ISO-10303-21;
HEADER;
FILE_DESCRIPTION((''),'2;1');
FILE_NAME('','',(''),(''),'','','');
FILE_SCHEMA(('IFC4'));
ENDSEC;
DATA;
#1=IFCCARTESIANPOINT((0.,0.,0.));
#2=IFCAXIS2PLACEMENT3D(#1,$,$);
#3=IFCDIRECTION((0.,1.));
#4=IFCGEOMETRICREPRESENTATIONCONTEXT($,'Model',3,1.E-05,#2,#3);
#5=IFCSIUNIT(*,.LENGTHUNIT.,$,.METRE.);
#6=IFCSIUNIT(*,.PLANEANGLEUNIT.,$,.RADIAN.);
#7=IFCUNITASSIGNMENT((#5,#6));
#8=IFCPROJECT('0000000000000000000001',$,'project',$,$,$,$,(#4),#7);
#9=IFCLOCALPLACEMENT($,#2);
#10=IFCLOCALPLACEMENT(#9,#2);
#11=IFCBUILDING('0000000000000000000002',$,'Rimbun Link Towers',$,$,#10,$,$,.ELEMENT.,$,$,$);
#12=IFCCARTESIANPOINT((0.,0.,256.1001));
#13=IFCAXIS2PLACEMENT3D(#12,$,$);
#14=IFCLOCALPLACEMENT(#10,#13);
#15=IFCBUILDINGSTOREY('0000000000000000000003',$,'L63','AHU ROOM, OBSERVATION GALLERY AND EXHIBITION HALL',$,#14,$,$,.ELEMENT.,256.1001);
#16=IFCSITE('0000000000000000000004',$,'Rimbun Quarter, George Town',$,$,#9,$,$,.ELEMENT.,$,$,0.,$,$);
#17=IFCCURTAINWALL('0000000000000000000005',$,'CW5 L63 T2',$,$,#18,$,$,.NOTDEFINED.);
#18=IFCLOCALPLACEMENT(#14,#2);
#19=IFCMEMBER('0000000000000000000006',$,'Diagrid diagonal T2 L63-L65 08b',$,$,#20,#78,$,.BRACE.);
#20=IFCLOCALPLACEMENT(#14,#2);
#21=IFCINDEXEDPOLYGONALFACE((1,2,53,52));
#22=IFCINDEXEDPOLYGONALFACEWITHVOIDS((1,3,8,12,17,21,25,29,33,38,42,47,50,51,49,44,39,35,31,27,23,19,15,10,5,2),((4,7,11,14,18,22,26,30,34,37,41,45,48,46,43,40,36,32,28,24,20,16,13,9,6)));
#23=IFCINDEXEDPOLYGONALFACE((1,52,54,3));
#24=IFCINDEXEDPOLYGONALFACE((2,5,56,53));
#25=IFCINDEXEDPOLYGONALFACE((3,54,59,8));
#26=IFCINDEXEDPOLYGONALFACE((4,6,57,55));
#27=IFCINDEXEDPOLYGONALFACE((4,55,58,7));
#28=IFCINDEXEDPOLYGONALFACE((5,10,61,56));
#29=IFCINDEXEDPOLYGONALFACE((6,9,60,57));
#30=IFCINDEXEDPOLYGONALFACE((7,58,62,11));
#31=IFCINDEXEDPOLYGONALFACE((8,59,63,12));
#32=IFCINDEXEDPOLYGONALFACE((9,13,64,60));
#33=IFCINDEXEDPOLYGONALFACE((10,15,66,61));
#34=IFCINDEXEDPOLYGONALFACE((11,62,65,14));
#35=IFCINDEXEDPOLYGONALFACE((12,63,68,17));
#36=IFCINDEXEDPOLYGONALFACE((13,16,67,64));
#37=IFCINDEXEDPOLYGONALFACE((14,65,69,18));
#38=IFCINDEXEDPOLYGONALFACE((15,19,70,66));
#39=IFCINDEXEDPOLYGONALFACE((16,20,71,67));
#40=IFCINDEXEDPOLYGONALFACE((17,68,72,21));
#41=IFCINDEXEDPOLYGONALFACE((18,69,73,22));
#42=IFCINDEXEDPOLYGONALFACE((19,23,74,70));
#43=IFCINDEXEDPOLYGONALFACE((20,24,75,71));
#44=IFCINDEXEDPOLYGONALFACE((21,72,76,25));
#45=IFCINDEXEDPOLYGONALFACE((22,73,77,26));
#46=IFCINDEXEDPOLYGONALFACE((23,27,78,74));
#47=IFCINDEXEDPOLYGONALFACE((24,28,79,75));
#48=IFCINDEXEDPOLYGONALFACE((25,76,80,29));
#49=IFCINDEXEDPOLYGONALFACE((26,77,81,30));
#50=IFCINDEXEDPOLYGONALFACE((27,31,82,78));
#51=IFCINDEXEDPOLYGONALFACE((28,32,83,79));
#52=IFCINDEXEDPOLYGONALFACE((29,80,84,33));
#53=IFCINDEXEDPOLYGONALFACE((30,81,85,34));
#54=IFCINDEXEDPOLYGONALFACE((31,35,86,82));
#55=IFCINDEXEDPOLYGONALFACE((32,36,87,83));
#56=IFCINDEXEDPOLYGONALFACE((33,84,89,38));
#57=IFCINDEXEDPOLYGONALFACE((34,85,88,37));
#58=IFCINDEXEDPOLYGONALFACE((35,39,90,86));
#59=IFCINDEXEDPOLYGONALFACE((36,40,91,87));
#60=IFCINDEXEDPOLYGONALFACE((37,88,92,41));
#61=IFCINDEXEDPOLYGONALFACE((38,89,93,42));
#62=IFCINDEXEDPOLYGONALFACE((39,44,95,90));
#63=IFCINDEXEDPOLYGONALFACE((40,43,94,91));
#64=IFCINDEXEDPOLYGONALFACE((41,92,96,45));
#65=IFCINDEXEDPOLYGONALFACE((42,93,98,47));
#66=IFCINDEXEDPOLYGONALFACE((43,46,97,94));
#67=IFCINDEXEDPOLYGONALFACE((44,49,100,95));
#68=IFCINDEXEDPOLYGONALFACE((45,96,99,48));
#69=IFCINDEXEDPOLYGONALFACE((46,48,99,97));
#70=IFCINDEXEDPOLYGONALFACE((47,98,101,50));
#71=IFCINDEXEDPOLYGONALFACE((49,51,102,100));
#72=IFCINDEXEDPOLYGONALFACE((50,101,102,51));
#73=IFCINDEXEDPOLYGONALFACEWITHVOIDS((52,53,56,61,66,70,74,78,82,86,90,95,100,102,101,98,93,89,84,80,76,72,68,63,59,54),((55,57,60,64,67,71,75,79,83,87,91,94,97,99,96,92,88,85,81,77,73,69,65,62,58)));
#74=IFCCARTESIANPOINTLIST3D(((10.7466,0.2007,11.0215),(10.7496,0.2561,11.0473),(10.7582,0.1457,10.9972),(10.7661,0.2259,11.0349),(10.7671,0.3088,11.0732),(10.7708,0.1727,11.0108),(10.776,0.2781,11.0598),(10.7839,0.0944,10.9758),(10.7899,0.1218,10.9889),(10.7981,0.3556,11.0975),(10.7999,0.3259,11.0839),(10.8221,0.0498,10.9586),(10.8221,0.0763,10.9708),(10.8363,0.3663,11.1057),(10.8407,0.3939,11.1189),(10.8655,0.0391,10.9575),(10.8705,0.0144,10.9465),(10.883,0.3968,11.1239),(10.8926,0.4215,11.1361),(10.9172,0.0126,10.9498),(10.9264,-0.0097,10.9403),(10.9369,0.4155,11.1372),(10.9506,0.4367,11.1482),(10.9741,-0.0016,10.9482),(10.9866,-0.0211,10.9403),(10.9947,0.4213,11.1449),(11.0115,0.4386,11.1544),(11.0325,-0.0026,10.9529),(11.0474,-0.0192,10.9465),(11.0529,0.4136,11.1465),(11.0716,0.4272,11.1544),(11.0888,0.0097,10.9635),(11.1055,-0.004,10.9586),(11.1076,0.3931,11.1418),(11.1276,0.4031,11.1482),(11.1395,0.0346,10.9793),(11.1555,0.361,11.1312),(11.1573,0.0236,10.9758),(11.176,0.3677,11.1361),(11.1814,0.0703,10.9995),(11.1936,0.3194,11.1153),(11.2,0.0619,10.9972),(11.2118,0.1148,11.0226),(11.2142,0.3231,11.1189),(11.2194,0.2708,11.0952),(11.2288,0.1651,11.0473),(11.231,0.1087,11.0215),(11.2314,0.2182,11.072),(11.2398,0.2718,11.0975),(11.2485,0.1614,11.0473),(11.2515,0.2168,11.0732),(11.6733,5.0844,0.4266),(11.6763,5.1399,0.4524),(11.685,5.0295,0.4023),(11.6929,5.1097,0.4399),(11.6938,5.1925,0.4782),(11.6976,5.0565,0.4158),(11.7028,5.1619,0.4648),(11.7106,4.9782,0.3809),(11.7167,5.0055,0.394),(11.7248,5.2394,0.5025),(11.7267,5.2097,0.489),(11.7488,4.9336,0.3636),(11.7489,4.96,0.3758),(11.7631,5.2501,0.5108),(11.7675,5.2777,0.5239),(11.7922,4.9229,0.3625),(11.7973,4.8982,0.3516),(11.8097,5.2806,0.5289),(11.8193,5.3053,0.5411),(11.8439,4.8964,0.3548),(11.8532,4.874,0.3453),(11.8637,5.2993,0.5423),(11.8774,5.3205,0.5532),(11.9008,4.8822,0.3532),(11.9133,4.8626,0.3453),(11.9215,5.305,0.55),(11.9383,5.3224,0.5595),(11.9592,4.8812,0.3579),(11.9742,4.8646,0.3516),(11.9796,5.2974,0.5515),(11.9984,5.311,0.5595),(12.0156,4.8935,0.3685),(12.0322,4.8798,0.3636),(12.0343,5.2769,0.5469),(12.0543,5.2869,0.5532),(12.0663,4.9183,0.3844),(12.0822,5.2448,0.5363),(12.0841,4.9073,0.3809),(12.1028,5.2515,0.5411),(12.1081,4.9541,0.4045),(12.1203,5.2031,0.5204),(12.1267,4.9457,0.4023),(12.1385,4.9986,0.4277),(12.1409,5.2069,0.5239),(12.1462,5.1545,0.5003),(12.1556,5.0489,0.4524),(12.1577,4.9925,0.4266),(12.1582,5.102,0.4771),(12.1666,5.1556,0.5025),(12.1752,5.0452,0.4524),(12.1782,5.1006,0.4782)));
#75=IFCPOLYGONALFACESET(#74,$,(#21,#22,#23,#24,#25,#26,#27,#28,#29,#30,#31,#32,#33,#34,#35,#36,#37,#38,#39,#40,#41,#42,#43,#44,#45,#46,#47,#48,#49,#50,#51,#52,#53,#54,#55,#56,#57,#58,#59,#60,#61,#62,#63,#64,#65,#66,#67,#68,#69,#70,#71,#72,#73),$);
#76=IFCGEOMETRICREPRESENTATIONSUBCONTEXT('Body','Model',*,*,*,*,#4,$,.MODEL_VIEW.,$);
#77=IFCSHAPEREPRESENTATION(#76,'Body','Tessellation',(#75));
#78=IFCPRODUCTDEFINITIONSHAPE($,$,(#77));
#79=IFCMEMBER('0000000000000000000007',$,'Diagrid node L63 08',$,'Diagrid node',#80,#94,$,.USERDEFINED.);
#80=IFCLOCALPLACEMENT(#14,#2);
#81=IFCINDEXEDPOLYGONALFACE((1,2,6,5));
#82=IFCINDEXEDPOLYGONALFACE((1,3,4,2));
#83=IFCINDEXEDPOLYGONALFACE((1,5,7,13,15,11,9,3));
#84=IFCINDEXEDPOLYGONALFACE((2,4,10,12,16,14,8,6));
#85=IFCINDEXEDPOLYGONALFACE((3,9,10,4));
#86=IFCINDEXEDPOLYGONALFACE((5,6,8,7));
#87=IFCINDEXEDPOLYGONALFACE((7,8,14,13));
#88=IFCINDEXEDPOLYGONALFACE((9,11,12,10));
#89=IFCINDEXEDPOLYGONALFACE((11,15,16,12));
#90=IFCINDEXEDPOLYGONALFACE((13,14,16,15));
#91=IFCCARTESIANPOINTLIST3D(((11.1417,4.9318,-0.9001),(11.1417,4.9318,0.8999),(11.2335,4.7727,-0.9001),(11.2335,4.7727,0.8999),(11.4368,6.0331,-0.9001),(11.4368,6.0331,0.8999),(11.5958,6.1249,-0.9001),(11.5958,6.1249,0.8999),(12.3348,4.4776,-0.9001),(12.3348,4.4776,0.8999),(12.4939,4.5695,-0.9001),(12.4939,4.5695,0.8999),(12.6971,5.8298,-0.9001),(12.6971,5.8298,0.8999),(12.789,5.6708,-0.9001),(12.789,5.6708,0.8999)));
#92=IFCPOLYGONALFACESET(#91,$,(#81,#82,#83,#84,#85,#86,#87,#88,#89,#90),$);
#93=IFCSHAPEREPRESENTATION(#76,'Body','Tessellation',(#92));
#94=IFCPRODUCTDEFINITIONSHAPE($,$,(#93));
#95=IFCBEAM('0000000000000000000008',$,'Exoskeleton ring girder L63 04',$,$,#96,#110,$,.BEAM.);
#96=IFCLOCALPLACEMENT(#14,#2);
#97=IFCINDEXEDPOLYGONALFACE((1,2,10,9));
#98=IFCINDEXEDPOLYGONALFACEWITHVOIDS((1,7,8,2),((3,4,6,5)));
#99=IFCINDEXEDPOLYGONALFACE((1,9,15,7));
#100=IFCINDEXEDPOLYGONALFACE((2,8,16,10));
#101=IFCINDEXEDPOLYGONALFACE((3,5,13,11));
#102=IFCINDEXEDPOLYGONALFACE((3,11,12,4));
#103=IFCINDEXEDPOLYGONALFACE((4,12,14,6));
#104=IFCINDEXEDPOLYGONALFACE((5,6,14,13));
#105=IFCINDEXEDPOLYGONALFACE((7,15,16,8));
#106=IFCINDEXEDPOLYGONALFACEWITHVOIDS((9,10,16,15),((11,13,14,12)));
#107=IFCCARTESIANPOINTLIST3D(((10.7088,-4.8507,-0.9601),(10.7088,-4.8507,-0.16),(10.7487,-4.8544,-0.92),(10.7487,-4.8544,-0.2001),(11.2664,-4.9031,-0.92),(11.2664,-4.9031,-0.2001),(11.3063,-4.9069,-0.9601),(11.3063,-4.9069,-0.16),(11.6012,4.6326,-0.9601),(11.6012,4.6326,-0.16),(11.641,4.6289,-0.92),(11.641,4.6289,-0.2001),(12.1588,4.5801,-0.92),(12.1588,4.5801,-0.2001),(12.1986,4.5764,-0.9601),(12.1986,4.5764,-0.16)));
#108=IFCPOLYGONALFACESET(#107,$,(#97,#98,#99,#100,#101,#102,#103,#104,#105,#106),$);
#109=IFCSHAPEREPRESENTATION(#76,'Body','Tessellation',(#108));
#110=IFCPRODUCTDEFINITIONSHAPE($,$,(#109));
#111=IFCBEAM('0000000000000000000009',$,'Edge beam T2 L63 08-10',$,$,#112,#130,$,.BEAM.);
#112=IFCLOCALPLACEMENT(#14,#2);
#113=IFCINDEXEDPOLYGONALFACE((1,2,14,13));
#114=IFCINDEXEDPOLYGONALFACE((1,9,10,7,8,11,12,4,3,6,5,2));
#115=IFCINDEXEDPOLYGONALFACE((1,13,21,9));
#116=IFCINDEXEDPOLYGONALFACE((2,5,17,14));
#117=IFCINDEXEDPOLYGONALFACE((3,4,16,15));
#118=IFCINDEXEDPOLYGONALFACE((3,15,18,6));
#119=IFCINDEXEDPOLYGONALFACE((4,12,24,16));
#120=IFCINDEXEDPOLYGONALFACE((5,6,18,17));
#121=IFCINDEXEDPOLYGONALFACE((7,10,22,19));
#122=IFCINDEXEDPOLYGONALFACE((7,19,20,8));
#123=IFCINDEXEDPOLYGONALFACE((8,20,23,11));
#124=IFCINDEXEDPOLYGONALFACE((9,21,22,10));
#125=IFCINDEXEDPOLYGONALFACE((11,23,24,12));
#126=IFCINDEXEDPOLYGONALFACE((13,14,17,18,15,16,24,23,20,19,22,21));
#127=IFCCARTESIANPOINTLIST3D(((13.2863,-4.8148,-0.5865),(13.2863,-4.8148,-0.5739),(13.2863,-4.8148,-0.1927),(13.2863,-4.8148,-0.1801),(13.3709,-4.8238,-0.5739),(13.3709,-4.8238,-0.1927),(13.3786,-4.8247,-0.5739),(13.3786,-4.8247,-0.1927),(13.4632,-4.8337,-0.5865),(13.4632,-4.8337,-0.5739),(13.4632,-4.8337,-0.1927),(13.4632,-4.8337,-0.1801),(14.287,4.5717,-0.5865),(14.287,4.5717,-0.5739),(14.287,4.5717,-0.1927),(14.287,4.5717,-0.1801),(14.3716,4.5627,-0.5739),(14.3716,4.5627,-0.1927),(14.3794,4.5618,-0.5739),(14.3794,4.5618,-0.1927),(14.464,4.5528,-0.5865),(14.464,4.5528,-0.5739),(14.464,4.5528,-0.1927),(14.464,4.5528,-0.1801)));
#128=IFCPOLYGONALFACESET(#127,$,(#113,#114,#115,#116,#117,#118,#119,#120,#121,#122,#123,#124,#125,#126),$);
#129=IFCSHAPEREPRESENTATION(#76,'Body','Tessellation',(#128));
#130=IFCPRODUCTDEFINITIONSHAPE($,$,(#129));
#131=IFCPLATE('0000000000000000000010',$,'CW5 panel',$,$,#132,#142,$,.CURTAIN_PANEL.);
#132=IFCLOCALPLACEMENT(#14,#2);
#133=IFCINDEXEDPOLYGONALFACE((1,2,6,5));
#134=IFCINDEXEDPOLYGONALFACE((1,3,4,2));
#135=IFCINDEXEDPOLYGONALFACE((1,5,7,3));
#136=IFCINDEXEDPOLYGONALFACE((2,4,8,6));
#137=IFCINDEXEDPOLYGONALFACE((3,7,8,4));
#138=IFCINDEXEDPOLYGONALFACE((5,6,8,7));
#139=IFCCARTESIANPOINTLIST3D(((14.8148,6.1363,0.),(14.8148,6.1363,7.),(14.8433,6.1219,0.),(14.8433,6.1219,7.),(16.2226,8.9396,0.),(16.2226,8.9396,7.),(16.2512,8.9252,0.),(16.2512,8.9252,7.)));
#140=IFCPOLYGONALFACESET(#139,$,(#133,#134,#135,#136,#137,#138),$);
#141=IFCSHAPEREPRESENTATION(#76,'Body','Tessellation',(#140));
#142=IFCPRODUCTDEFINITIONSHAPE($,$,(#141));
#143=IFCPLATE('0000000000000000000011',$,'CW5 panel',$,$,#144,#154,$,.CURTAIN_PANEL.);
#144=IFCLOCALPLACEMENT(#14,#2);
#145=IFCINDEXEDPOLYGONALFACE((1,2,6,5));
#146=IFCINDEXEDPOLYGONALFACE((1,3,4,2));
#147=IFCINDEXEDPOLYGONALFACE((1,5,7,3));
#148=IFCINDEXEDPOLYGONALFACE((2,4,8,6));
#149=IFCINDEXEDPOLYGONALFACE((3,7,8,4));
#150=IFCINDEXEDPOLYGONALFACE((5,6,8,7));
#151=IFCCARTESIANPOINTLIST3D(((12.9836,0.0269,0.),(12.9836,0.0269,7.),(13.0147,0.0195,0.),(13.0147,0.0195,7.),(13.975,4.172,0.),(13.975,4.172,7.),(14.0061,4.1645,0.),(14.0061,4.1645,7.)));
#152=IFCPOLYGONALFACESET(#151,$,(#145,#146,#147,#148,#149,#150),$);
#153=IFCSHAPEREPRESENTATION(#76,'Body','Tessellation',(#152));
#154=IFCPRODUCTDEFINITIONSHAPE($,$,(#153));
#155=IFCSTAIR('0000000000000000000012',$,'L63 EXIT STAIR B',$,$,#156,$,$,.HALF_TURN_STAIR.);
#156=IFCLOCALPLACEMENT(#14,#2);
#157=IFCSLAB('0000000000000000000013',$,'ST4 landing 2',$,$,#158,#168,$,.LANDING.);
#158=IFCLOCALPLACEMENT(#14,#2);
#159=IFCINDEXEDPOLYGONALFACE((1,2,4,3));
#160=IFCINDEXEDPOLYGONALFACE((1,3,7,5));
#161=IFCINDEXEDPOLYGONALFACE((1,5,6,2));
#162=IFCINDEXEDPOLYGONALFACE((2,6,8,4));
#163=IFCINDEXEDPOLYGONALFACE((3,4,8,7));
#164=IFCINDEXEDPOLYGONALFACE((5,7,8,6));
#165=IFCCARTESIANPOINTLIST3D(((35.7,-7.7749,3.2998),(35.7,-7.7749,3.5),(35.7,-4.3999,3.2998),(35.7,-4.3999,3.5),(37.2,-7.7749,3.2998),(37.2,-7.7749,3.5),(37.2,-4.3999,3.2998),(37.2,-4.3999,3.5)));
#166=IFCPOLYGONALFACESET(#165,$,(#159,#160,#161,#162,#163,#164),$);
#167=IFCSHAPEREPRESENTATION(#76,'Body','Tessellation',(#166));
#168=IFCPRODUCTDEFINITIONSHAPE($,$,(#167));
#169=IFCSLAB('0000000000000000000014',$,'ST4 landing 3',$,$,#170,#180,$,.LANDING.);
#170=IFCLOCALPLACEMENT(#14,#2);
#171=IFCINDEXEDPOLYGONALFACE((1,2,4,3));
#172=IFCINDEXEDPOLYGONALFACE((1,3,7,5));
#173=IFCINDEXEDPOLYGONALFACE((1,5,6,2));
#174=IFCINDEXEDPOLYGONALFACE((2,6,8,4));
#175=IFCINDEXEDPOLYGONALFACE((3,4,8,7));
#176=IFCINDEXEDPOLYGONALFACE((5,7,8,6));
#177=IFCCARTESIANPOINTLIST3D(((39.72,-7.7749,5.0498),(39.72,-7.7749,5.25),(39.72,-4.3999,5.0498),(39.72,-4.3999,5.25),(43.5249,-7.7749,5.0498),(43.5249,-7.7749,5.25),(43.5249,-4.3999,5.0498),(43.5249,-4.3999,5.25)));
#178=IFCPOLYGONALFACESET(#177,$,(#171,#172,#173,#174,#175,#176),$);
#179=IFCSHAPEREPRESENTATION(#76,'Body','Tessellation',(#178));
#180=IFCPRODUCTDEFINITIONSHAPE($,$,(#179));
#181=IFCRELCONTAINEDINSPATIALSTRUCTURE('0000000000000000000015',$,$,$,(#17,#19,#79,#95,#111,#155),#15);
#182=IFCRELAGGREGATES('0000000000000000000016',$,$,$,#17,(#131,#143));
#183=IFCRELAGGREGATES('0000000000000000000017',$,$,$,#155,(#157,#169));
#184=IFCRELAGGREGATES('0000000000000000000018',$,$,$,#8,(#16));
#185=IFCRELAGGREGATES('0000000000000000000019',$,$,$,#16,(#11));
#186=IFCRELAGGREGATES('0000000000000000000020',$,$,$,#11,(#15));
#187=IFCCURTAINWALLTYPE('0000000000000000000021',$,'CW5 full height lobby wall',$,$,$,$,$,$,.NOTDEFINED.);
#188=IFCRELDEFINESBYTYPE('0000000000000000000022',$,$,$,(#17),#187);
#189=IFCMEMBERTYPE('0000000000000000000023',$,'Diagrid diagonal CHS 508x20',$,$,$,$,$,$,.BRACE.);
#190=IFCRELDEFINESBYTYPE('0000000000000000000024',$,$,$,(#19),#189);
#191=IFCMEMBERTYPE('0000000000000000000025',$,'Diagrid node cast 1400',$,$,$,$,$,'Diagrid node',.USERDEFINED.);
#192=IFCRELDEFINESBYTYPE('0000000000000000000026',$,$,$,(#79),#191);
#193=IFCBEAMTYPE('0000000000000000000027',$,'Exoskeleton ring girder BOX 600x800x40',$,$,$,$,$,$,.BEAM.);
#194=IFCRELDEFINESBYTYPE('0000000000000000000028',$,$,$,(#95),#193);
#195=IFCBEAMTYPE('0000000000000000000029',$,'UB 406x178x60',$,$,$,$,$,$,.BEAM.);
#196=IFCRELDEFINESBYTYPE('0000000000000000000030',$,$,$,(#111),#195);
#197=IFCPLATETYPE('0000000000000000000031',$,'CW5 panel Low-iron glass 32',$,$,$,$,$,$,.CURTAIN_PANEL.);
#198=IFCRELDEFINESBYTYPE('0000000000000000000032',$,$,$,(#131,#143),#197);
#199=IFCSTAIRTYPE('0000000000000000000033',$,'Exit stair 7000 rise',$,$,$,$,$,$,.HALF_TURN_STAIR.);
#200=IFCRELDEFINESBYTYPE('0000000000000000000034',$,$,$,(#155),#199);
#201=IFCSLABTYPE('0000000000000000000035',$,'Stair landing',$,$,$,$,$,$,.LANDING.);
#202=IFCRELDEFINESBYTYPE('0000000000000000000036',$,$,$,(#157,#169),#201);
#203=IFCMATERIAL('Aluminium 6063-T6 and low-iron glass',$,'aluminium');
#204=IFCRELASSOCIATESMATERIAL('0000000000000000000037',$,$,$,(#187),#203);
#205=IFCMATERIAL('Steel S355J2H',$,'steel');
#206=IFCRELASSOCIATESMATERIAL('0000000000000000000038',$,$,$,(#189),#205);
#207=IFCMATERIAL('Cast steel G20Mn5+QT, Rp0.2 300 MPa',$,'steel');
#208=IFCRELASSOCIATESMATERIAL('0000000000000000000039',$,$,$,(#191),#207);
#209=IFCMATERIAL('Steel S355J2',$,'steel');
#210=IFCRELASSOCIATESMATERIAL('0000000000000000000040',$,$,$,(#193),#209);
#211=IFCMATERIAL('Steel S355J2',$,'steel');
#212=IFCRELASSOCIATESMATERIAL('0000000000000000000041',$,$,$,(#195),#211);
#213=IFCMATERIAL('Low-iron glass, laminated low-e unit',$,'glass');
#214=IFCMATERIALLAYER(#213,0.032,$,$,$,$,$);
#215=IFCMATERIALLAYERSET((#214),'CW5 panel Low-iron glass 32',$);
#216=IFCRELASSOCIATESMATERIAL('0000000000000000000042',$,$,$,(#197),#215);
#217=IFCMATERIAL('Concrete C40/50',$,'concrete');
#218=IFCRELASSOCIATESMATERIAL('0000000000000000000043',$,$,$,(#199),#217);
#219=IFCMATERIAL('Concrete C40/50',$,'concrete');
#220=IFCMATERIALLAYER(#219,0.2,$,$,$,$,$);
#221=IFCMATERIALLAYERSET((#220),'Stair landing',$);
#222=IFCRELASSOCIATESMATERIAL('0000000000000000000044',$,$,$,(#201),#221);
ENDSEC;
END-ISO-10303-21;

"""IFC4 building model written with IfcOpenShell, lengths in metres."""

from ifc_helpers import new_model, si_unit, direction, frame, origin, origin_2d, place, context, subcontext, project, spatial, polyline, rectangle, hollow_rectangle, hollow_circle, i_section, outline, extrude, material, layer, layer_set, material_profile, profile_set, type_object, element, aggregate, save


model = new_model("IFC4")

# Units and contexts
model_context = context("Model", 3, precision=1e-05, world=origin(), true_north=direction((0.0, 1.0)))
body_context = subcontext(model_context, "Body", "Model", "MODEL_VIEW")
ifc_project = project(units=[si_unit("LENGTHUNIT", "METRE"), si_unit("PLANEANGLEUNIT", "RADIAN")], contexts=[model_context])

# Site, building, storey
site_placement = place(None, origin())
site = spatial("IfcSite", under=ifc_project, at=site_placement, Name="Rimbun Quarter, George Town", CompositionType="ELEMENT", RefElevation=0.0)
building_placement = place(site_placement, origin())
building = spatial("IfcBuilding", under=site, at=building_placement, Name="Rimbun Link Towers", CompositionType="ELEMENT")
storey_placement = place(building_placement, frame((0.0, 0.0, 256.1001)))
storey = spatial("IfcBuildingStorey", under=building, at=storey_placement, Name="L63", Description="AHU ROOM, OBSERVATION GALLERY AND EXHIBITION HALL", CompositionType="ELEMENT", Elevation=256.1001)

# Curtain wall
ifc_material_1 = material(Name="Aluminium 6063-T6 and low-iron glass", Category="aluminium")
curtain_wall_type = type_object("IfcCurtainWallType", Name="CW5 full height lobby wall", PredefinedType="NOTDEFINED", material=ifc_material_1)
curtain_wall_placement = place(storey_placement, origin())
curtain_wall = element("IfcCurtainWall", 1, at=curtain_wall_placement, inside=storey, type_object=curtain_wall_type, Name="CW5 L63 T2", PredefinedType="NOTDEFINED")

# Members
ifc_material_2 = material(Name="Steel S355J2H", Category="steel")
ifc_material_profile_1 = material_profile(ifc_material_2, hollow_circle(Radius=0.2539, WallThickness=0.02, at=origin_2d()), Name="Diagrid diagonal CHS 508x20")
ifc_profile_set_1 = profile_set([ifc_material_profile_1], Name="Steel S355J2H")
member_type_1 = type_object("IfcMemberType", Name="Diagrid diagonal CHS 508x20", PredefinedType="BRACE", material=ifc_profile_set_1)
member_1_placement = place(storey_placement, frame((11.9258, 5.0925, 0.4524), z_axis=(-0.079189, -0.417306, 0.905309), x_axis=(0.982467, -0.186435, 0.0)))
element("IfcMember", 2, at=member_1_placement, inside=storey, type_object=member_type_1, Name="Diagrid diagonal T2 L63-L65 08b", PredefinedType="BRACE", context=body_context, shape_type="SweptSolid", body=[
    extrude(hollow_circle(Radius=0.2539, WallThickness=0.02, at=origin_2d()), origin(), (0.0, 0.0, 1.0), 11.7031),
])
ifc_material_3 = material(Name="Cast steel G20Mn5+QT, Rp0.2 300 MPa", Category="steel")
ifc_material_profile_2 = material_profile(ifc_material_3, outline(polyline([(0.7, -0.5701), (0.7, 0.5701), (0.5701, 0.7), (-0.5701, 0.7), (-0.7, 0.5701), (-0.7, -0.5701), (-0.5701, -0.7), (0.5701, -0.7), (0.7, -0.5701)])), Name="NODE 1400x1400")
ifc_profile_set_2 = profile_set([ifc_material_profile_2], Name="Cast steel G20Mn5+QT, Rp0.2 300 MPa")
member_type_2 = type_object("IfcMemberType", Name="Diagrid node cast 1400", ElementType="Diagrid node", PredefinedType="USERDEFINED", material=ifc_profile_set_2)
member_2_placement = place(storey_placement, frame((11.9653, 5.3013, -0.9001), z_axis=(0.0, 0.0, 1.0), x_axis=(-0.965926, 0.258819, 0.0)))
element("IfcMember", 3, at=member_2_placement, inside=storey, type_object=member_type_2, Name="Diagrid node L63 08", ObjectType="Diagrid node", PredefinedType="USERDEFINED", context=body_context, shape_type="SweptSolid", body=[
    extrude(outline(polyline([(0.7, -0.5701), (0.7, 0.5701), (0.5701, 0.7), (-0.5701, 0.7), (-0.7, 0.5701), (-0.7, -0.5701), (-0.5701, -0.7), (0.5701, -0.7), (0.7, -0.5701)])), origin(), (0.0, 0.0, 1.0), 1.8),
])

# Beams
ifc_material_4 = material(Name="Steel S355J2", Category="steel")
ifc_material_profile_3 = material_profile(ifc_material_4, hollow_rectangle(XDim=0.6001, YDim=0.8, WallThickness=0.04, at=origin_2d()), Name="Exoskeleton ring girder BOX 600x800x40")
ifc_profile_set_3 = profile_set([ifc_material_profile_3], Name="Steel S355J2")
beam_type_1 = type_object("IfcBeamType", Name="Exoskeleton ring girder BOX 600x800x40", PredefinedType="BEAM", material=ifc_profile_set_3)
beam_1_placement = place(storey_placement, frame((11.8999, 4.6045, -0.5601), z_axis=(-0.093683, -0.995602, 0.0), x_axis=(0.995602, -0.093683, 0.0)))
element("IfcBeam", 4, at=beam_1_placement, inside=storey, type_object=beam_type_1, Name="Exoskeleton ring girder L63 04", PredefinedType="BEAM", context=body_context, shape_type="SweptSolid", body=[
    extrude(hollow_rectangle(XDim=0.6001, YDim=0.8, WallThickness=0.04, at=origin_2d()), origin(), (0.0, 0.0, 1.0), 9.5251),
])
ifc_material_5 = material(Name="Steel S355J2", Category="steel")
ifc_material_profile_4 = material_profile(ifc_material_5, i_section(OverallWidth=0.178, OverallDepth=0.4065, WebThickness=0.0078, FlangeThickness=0.0127, at=origin_2d()), Name="UB 406x178x60")
ifc_profile_set_4 = profile_set([ifc_material_profile_4], Name="Steel S355J2")
beam_type_2 = type_object("IfcBeamType", Name="UB 406x178x60", PredefinedType="BEAM", material=ifc_profile_set_4)
beam_2_placement = place(storey_placement, frame((14.3755, 4.5623, -0.3833), z_axis=(-0.106013, -0.994365, 0.0), x_axis=(0.994365, -0.106013, 0.0)))
element("IfcBeam", 5, at=beam_2_placement, inside=storey, type_object=beam_type_2, Name="Edge beam T2 L63 08-10", PredefinedType="BEAM", context=body_context, shape_type="SweptSolid", body=[
    extrude(i_section(OverallWidth=0.178, OverallDepth=0.4065, WebThickness=0.0078, FlangeThickness=0.0127, at=origin_2d()), origin(), (0.0, 0.0, 1.0), 9.4397),
])

# Plates
ifc_material_6 = material(Name="Low-iron glass, laminated low-e unit", Category="glass")
ifc_layer_1 = layer(ifc_material_6, 0.032)
ifc_layer_set_1 = layer_set([ifc_layer_1], Name="CW5 panel Low-iron glass 32")
plate_type = type_object("IfcPlateType", Name="CW5 panel Low-iron glass 32", PredefinedType="CURTAIN_PANEL", material=ifc_layer_set_1)
plate_1_placement = place(storey_placement, frame((15.533, 7.5308, 0.0), z_axis=(0.0, 0.0, 1.0), x_axis=(0.448787, 0.893639, 0.0)))
plate_1 = element("IfcPlate", 6, at=plate_1_placement, type_object=plate_type, Name="CW5 panel", PredefinedType="CURTAIN_PANEL", context=body_context, shape_type="SweptSolid", body=[
    extrude(rectangle(XDim=3.137, YDim=0.032, at=origin_2d()), origin(), (0.0, 0.0, 1.0), 7.0),
])
plate_2_placement = place(storey_placement, frame((13.4949, 2.0957, 0.0), z_axis=(0.0, 0.0, 1.0), x_axis=(0.232606, 0.972571, 0.0)))
plate_2 = element("IfcPlate", 7, at=plate_2_placement, type_object=plate_type, Name="CW5 panel", PredefinedType="CURTAIN_PANEL", context=body_context, shape_type="SweptSolid", body=[
    extrude(rectangle(XDim=4.262, YDim=0.032, at=origin_2d()), origin(), (0.0, 0.0, 1.0), 7.0),
])
aggregate(curtain_wall, [plate_1, plate_2])

# Stair, slabs
ifc_material_7 = material(Name="Concrete C40/50", Category="concrete")
stair_type = type_object("IfcStairType", Name="Exit stair 7000 rise", PredefinedType="HALF_TURN_STAIR", material=ifc_material_7)
stair_placement = place(storey_placement, origin())
stair = element("IfcStair", 8, at=stair_placement, inside=storey, type_object=stair_type, Name="L63 EXIT STAIR B", PredefinedType="HALF_TURN_STAIR")
ifc_material_8 = material(Name="Concrete C40/50", Category="concrete")
ifc_layer_2 = layer(ifc_material_8, 0.2)
ifc_layer_set_2 = layer_set([ifc_layer_2], Name="Stair landing")
slab_type = type_object("IfcSlabType", Name="Stair landing", PredefinedType="LANDING", material=ifc_layer_set_2)
slab_1_placement = place(storey_placement, frame((0.0, 0.0, 3.2998)))
slab_1 = element("IfcSlab", 9, at=slab_1_placement, type_object=slab_type, Name="ST4 landing 2", PredefinedType="LANDING", context=body_context, shape_type="SweptSolid", body=[
    extrude(outline(polyline([(35.7, -7.7749), (37.2, -7.7749), (37.2, -4.3999), (35.7, -4.3999), (35.7, -7.7749)])), origin(), (0.0, 0.0, 1.0), 0.2002),
])
slab_2_placement = place(storey_placement, frame((0.0, 0.0, 5.0498)))
slab_2 = element("IfcSlab", 10, at=slab_2_placement, type_object=slab_type, Name="ST4 landing 3", PredefinedType="LANDING", context=body_context, shape_type="SweptSolid", body=[
    extrude(outline(polyline([(39.72, -7.7749), (43.5249, -7.7749), (43.5249, -4.3999), (39.72, -4.3999), (39.72, -7.7749)])), origin(), (0.0, 0.0, 1.0), 0.2002),
])
aggregate(stair, [slab_1, slab_2])

save(model, "model.ifc")
